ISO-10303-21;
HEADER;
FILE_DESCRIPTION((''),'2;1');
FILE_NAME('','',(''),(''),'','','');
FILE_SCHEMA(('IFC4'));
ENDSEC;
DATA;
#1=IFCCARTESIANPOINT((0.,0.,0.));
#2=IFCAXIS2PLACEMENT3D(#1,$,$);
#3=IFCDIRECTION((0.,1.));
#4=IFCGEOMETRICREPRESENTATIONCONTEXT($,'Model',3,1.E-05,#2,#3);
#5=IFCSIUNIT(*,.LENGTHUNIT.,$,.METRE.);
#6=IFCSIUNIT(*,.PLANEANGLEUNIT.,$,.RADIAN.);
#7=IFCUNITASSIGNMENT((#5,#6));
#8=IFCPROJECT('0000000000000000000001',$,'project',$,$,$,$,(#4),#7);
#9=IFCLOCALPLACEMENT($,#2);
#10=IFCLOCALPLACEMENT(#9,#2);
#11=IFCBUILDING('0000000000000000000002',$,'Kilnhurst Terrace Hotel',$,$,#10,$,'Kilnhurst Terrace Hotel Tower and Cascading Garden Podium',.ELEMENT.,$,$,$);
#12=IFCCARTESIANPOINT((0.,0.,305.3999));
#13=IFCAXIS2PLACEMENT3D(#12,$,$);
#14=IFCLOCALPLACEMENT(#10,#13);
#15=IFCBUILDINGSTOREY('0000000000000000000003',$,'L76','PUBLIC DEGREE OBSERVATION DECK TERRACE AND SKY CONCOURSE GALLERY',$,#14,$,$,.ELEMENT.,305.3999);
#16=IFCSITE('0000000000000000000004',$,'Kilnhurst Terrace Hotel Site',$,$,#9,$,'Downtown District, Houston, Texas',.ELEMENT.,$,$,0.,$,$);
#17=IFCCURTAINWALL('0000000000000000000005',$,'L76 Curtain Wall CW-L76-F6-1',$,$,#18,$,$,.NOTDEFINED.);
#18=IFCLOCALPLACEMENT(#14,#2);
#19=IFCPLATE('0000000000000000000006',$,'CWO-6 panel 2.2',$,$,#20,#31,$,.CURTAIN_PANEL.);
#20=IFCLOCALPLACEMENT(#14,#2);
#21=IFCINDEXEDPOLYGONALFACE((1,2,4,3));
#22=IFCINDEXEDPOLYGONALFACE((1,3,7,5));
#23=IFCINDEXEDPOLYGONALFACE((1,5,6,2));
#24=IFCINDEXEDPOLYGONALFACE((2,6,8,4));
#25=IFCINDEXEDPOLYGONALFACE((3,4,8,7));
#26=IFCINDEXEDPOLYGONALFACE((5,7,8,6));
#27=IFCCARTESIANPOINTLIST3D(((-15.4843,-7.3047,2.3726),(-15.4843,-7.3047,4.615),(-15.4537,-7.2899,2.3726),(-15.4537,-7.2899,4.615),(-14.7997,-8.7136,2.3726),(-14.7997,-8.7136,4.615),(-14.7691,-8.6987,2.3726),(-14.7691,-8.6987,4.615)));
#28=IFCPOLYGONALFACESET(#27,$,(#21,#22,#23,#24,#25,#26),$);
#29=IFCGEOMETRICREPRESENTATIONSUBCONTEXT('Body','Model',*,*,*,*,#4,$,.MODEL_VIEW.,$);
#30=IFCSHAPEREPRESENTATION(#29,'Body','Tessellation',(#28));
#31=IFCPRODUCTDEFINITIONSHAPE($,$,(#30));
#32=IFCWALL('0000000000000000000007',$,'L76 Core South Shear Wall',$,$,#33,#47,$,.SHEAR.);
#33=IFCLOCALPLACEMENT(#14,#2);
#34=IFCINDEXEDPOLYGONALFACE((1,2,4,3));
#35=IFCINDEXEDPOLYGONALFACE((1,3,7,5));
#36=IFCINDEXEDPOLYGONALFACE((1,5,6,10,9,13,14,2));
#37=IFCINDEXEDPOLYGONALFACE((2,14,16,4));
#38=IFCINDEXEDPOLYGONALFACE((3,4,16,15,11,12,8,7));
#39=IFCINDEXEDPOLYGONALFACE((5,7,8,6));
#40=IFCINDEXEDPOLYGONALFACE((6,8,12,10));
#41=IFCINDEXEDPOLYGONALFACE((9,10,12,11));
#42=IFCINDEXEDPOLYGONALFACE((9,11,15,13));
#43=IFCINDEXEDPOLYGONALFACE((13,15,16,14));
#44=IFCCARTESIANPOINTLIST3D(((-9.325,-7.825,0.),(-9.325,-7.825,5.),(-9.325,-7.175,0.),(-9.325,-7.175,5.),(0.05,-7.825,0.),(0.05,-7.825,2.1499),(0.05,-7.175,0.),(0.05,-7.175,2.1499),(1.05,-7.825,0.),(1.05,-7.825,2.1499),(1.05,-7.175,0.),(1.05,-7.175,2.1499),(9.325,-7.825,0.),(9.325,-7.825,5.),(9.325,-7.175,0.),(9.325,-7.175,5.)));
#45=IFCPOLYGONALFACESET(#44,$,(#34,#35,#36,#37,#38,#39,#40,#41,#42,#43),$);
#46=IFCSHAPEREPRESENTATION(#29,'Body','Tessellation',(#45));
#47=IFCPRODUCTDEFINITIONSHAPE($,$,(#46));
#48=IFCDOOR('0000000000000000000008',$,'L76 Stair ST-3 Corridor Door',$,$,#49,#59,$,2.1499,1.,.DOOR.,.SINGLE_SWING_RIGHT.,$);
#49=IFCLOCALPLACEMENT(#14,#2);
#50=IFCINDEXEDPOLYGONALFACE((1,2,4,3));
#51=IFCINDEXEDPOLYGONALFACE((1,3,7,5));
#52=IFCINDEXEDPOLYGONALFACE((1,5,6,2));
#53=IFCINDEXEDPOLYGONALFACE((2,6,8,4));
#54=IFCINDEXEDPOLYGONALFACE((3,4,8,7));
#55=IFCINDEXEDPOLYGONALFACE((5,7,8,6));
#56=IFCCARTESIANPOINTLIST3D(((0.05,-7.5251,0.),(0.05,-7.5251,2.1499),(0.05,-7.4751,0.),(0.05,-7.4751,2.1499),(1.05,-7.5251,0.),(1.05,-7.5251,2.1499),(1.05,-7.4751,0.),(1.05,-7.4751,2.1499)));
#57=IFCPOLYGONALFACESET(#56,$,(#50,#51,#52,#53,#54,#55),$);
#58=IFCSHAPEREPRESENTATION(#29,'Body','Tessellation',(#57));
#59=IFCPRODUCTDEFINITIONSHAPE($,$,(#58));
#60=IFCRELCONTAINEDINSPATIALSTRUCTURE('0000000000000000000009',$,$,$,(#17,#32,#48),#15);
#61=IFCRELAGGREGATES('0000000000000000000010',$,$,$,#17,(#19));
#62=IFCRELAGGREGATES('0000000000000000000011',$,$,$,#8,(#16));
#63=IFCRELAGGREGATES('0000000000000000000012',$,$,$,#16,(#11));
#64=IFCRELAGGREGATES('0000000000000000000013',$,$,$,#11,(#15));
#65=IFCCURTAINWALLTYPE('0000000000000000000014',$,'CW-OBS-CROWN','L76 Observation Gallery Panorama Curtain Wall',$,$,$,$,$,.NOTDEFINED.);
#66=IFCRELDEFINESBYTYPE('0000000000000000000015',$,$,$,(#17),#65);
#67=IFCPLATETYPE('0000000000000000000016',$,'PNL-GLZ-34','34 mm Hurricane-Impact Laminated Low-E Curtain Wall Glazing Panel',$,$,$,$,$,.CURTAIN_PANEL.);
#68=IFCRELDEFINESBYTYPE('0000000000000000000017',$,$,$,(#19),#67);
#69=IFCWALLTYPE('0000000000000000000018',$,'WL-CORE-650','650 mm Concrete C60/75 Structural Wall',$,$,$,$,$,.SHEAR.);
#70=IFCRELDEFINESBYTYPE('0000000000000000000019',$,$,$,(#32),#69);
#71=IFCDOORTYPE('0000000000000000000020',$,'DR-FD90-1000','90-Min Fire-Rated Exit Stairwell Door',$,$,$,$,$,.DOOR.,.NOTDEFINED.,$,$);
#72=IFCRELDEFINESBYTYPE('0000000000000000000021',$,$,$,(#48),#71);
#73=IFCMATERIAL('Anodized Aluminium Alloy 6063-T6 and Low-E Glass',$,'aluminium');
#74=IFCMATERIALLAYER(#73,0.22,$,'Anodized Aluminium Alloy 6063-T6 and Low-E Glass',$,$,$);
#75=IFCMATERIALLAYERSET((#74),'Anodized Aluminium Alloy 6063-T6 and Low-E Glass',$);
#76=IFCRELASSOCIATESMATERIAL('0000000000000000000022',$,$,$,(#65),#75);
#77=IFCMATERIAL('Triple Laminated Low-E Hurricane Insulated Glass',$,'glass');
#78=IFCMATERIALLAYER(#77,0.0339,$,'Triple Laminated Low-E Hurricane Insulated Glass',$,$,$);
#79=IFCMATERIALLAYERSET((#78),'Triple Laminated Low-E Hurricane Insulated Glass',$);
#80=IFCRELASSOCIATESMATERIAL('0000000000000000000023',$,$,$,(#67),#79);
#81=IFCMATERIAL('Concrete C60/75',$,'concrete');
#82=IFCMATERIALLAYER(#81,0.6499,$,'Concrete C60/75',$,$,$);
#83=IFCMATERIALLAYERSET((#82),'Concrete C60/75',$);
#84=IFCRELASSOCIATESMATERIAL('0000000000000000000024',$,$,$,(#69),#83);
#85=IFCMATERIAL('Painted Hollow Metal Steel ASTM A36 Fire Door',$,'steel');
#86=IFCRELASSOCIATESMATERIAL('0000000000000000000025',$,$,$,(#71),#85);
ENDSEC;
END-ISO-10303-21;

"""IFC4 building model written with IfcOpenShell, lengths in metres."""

from ifc_helpers import new_model, si_unit, direction, frame, frame_2d, origin, origin_2d, place, context, subcontext, project, spatial, rectangle, extrude, material, layer, layer_set, type_object, element, fill, aggregate, save


model = new_model("IFC4")

# Units and contexts
model_context = context("Model", 3, precision=1e-05, world=origin(), true_north=direction((0.0, 1.0)))
body_context = subcontext(model_context, "Body", "Model", "MODEL_VIEW")
ifc_project = project(units=[si_unit("LENGTHUNIT", "METRE"), si_unit("PLANEANGLEUNIT", "RADIAN")], contexts=[model_context])

# Site, building, storey
site_placement = place(None, origin())
site = spatial("IfcSite", under=ifc_project, at=site_placement, Name="Kilnhurst Terrace Hotel Site", LongName="Downtown District, Houston, Texas", CompositionType="ELEMENT", RefElevation=0.0)
building_placement = place(site_placement, origin())
building = spatial("IfcBuilding", under=site, at=building_placement, Name="Kilnhurst Terrace Hotel", LongName="Kilnhurst Terrace Hotel Tower and Cascading Garden Podium", CompositionType="ELEMENT")
storey_placement = place(building_placement, frame((0.0, 0.0, 305.3999)))
storey = spatial("IfcBuildingStorey", under=building, at=storey_placement, Name="L76", Description="PUBLIC DEGREE OBSERVATION DECK TERRACE AND SKY CONCOURSE GALLERY", CompositionType="ELEMENT", Elevation=305.3999)

# Shared definitions
ifc_material_1 = material(Name="Concrete C60/75", Category="concrete")

# Curtain wall
ifc_material_2 = material(Name="Anodized Aluminium Alloy 6063-T6 and Low-E Glass", Category="aluminium")
ifc_layer_1 = layer(ifc_material_2, 0.22, Name="Anodized Aluminium Alloy 6063-T6 and Low-E Glass")
ifc_layer_set_1 = layer_set([ifc_layer_1], Name="Anodized Aluminium Alloy 6063-T6 and Low-E Glass")
curtain_wall_type = type_object("IfcCurtainWallType", Name="CW-OBS-CROWN", Description="L76 Observation Gallery Panorama Curtain Wall", PredefinedType="NOTDEFINED", material=ifc_layer_set_1)
curtain_wall_placement = place(storey_placement, origin())
curtain_wall = element("IfcCurtainWall", 1, at=curtain_wall_placement, inside=storey, type_object=curtain_wall_type, Name="L76 Curtain Wall CW-L76-F6-1", PredefinedType="NOTDEFINED")

# Plate
ifc_material_3 = material(Name="Triple Laminated Low-E Hurricane Insulated Glass", Category="glass")
ifc_layer_2 = layer(ifc_material_3, 0.0339, Name="Triple Laminated Low-E Hurricane Insulated Glass")
ifc_layer_set_2 = layer_set([ifc_layer_2], Name="Triple Laminated Low-E Hurricane Insulated Glass")
plate_type = type_object("IfcPlateType", Name="PNL-GLZ-34", Description="34 mm Hurricane-Impact Laminated Low-E Curtain Wall Glazing Panel", PredefinedType="CURTAIN_PANEL", material=ifc_layer_set_2)
plate_1_placement = place(storey_placement, frame((-15.1267, -8.0017, 2.3726), z_axis=(0.0, 0.0, 1.0), x_axis=(0.437053, -0.899436, 0.0)))
plate_1 = element("IfcPlate", 2, at=plate_1_placement, type_object=plate_type, Name="CWO-6 panel 2.2", PredefinedType="CURTAIN_PANEL", context=body_context, shape_type="SweptSolid", body=[
    extrude(rectangle(XDim=1.5664, YDim=0.0339, at=origin_2d()), origin(), (0.0, 0.0, 1.0), 2.2424),
])
aggregate(curtain_wall, [plate_1])

# Wall, opening, door
ifc_layer_3 = layer(ifc_material_1, 0.6499, Name="Concrete C60/75")
ifc_layer_set_3 = layer_set([ifc_layer_3], Name="Concrete C60/75")
wall_type = type_object("IfcWallType", Name="WL-CORE-650", Description="650 mm Concrete C60/75 Structural Wall", PredefinedType="SHEAR", material=ifc_layer_set_3)
wall_placement = place(storey_placement, frame((-9.325, -7.5, 0.0), z_axis=(0.0, 0.0, 1.0), x_axis=(1.0, 0.0, 0.0)))
wall = element("IfcWall", 3, at=wall_placement, inside=storey, type_object=wall_type, Name="L76 Core South Shear Wall", PredefinedType="SHEAR", context=body_context, shape_type="SweptSolid", body=[
    extrude(rectangle(XDim=18.6499, YDim=0.6499, at=frame_2d((9.325, 0.0))), origin(), (0.0, 0.0, 1.0), 5.0),
])
opening_placement = place(wall_placement, frame((9.375, 0.0, 0.0)))
opening = element("IfcOpeningElement", 4, at=opening_placement, cuts=wall, PredefinedType="OPENING", context=body_context, shape_type="SweptSolid", body=[
    extrude(rectangle(XDim=1.0, YDim=2.1499, at=frame_2d((0.5, 1.075))), frame((0.0, 0.335, 0.0), z_axis=(0.0, -1.0, 0.0), x_axis=(1.0, 0.0, 0.0)), (0.0, 0.0, 1.0), 0.6699),
])
ifc_material_4 = material(Name="Painted Hollow Metal Steel ASTM A36 Fire Door", Category="steel")
door_type = type_object("IfcDoorType", Name="DR-FD90-1000", Description="90-Min Fire-Rated Exit Stairwell Door", OperationType="NOTDEFINED", PredefinedType="DOOR", material=ifc_material_4)
door_placement = place(opening_placement, origin())
door = element("IfcDoor", 5, at=door_placement, inside=storey, type_object=door_type, Name="L76 Stair ST-3 Corridor Door", OperationType="SINGLE_SWING_RIGHT", OverallHeight=2.1499, OverallWidth=1.0, PredefinedType="DOOR", context=body_context, shape_type="SweptSolid", body=[
    extrude(rectangle(XDim=1.0, YDim=2.1499, at=frame_2d((0.5, 1.075))), frame((0.0, 0.0249, 0.0), z_axis=(0.0, -1.0, 0.0), x_axis=(1.0, 0.0, 0.0)), (0.0, 0.0, 1.0), 0.05),
])
fill(opening, door)

save(model, "model.ifc")
